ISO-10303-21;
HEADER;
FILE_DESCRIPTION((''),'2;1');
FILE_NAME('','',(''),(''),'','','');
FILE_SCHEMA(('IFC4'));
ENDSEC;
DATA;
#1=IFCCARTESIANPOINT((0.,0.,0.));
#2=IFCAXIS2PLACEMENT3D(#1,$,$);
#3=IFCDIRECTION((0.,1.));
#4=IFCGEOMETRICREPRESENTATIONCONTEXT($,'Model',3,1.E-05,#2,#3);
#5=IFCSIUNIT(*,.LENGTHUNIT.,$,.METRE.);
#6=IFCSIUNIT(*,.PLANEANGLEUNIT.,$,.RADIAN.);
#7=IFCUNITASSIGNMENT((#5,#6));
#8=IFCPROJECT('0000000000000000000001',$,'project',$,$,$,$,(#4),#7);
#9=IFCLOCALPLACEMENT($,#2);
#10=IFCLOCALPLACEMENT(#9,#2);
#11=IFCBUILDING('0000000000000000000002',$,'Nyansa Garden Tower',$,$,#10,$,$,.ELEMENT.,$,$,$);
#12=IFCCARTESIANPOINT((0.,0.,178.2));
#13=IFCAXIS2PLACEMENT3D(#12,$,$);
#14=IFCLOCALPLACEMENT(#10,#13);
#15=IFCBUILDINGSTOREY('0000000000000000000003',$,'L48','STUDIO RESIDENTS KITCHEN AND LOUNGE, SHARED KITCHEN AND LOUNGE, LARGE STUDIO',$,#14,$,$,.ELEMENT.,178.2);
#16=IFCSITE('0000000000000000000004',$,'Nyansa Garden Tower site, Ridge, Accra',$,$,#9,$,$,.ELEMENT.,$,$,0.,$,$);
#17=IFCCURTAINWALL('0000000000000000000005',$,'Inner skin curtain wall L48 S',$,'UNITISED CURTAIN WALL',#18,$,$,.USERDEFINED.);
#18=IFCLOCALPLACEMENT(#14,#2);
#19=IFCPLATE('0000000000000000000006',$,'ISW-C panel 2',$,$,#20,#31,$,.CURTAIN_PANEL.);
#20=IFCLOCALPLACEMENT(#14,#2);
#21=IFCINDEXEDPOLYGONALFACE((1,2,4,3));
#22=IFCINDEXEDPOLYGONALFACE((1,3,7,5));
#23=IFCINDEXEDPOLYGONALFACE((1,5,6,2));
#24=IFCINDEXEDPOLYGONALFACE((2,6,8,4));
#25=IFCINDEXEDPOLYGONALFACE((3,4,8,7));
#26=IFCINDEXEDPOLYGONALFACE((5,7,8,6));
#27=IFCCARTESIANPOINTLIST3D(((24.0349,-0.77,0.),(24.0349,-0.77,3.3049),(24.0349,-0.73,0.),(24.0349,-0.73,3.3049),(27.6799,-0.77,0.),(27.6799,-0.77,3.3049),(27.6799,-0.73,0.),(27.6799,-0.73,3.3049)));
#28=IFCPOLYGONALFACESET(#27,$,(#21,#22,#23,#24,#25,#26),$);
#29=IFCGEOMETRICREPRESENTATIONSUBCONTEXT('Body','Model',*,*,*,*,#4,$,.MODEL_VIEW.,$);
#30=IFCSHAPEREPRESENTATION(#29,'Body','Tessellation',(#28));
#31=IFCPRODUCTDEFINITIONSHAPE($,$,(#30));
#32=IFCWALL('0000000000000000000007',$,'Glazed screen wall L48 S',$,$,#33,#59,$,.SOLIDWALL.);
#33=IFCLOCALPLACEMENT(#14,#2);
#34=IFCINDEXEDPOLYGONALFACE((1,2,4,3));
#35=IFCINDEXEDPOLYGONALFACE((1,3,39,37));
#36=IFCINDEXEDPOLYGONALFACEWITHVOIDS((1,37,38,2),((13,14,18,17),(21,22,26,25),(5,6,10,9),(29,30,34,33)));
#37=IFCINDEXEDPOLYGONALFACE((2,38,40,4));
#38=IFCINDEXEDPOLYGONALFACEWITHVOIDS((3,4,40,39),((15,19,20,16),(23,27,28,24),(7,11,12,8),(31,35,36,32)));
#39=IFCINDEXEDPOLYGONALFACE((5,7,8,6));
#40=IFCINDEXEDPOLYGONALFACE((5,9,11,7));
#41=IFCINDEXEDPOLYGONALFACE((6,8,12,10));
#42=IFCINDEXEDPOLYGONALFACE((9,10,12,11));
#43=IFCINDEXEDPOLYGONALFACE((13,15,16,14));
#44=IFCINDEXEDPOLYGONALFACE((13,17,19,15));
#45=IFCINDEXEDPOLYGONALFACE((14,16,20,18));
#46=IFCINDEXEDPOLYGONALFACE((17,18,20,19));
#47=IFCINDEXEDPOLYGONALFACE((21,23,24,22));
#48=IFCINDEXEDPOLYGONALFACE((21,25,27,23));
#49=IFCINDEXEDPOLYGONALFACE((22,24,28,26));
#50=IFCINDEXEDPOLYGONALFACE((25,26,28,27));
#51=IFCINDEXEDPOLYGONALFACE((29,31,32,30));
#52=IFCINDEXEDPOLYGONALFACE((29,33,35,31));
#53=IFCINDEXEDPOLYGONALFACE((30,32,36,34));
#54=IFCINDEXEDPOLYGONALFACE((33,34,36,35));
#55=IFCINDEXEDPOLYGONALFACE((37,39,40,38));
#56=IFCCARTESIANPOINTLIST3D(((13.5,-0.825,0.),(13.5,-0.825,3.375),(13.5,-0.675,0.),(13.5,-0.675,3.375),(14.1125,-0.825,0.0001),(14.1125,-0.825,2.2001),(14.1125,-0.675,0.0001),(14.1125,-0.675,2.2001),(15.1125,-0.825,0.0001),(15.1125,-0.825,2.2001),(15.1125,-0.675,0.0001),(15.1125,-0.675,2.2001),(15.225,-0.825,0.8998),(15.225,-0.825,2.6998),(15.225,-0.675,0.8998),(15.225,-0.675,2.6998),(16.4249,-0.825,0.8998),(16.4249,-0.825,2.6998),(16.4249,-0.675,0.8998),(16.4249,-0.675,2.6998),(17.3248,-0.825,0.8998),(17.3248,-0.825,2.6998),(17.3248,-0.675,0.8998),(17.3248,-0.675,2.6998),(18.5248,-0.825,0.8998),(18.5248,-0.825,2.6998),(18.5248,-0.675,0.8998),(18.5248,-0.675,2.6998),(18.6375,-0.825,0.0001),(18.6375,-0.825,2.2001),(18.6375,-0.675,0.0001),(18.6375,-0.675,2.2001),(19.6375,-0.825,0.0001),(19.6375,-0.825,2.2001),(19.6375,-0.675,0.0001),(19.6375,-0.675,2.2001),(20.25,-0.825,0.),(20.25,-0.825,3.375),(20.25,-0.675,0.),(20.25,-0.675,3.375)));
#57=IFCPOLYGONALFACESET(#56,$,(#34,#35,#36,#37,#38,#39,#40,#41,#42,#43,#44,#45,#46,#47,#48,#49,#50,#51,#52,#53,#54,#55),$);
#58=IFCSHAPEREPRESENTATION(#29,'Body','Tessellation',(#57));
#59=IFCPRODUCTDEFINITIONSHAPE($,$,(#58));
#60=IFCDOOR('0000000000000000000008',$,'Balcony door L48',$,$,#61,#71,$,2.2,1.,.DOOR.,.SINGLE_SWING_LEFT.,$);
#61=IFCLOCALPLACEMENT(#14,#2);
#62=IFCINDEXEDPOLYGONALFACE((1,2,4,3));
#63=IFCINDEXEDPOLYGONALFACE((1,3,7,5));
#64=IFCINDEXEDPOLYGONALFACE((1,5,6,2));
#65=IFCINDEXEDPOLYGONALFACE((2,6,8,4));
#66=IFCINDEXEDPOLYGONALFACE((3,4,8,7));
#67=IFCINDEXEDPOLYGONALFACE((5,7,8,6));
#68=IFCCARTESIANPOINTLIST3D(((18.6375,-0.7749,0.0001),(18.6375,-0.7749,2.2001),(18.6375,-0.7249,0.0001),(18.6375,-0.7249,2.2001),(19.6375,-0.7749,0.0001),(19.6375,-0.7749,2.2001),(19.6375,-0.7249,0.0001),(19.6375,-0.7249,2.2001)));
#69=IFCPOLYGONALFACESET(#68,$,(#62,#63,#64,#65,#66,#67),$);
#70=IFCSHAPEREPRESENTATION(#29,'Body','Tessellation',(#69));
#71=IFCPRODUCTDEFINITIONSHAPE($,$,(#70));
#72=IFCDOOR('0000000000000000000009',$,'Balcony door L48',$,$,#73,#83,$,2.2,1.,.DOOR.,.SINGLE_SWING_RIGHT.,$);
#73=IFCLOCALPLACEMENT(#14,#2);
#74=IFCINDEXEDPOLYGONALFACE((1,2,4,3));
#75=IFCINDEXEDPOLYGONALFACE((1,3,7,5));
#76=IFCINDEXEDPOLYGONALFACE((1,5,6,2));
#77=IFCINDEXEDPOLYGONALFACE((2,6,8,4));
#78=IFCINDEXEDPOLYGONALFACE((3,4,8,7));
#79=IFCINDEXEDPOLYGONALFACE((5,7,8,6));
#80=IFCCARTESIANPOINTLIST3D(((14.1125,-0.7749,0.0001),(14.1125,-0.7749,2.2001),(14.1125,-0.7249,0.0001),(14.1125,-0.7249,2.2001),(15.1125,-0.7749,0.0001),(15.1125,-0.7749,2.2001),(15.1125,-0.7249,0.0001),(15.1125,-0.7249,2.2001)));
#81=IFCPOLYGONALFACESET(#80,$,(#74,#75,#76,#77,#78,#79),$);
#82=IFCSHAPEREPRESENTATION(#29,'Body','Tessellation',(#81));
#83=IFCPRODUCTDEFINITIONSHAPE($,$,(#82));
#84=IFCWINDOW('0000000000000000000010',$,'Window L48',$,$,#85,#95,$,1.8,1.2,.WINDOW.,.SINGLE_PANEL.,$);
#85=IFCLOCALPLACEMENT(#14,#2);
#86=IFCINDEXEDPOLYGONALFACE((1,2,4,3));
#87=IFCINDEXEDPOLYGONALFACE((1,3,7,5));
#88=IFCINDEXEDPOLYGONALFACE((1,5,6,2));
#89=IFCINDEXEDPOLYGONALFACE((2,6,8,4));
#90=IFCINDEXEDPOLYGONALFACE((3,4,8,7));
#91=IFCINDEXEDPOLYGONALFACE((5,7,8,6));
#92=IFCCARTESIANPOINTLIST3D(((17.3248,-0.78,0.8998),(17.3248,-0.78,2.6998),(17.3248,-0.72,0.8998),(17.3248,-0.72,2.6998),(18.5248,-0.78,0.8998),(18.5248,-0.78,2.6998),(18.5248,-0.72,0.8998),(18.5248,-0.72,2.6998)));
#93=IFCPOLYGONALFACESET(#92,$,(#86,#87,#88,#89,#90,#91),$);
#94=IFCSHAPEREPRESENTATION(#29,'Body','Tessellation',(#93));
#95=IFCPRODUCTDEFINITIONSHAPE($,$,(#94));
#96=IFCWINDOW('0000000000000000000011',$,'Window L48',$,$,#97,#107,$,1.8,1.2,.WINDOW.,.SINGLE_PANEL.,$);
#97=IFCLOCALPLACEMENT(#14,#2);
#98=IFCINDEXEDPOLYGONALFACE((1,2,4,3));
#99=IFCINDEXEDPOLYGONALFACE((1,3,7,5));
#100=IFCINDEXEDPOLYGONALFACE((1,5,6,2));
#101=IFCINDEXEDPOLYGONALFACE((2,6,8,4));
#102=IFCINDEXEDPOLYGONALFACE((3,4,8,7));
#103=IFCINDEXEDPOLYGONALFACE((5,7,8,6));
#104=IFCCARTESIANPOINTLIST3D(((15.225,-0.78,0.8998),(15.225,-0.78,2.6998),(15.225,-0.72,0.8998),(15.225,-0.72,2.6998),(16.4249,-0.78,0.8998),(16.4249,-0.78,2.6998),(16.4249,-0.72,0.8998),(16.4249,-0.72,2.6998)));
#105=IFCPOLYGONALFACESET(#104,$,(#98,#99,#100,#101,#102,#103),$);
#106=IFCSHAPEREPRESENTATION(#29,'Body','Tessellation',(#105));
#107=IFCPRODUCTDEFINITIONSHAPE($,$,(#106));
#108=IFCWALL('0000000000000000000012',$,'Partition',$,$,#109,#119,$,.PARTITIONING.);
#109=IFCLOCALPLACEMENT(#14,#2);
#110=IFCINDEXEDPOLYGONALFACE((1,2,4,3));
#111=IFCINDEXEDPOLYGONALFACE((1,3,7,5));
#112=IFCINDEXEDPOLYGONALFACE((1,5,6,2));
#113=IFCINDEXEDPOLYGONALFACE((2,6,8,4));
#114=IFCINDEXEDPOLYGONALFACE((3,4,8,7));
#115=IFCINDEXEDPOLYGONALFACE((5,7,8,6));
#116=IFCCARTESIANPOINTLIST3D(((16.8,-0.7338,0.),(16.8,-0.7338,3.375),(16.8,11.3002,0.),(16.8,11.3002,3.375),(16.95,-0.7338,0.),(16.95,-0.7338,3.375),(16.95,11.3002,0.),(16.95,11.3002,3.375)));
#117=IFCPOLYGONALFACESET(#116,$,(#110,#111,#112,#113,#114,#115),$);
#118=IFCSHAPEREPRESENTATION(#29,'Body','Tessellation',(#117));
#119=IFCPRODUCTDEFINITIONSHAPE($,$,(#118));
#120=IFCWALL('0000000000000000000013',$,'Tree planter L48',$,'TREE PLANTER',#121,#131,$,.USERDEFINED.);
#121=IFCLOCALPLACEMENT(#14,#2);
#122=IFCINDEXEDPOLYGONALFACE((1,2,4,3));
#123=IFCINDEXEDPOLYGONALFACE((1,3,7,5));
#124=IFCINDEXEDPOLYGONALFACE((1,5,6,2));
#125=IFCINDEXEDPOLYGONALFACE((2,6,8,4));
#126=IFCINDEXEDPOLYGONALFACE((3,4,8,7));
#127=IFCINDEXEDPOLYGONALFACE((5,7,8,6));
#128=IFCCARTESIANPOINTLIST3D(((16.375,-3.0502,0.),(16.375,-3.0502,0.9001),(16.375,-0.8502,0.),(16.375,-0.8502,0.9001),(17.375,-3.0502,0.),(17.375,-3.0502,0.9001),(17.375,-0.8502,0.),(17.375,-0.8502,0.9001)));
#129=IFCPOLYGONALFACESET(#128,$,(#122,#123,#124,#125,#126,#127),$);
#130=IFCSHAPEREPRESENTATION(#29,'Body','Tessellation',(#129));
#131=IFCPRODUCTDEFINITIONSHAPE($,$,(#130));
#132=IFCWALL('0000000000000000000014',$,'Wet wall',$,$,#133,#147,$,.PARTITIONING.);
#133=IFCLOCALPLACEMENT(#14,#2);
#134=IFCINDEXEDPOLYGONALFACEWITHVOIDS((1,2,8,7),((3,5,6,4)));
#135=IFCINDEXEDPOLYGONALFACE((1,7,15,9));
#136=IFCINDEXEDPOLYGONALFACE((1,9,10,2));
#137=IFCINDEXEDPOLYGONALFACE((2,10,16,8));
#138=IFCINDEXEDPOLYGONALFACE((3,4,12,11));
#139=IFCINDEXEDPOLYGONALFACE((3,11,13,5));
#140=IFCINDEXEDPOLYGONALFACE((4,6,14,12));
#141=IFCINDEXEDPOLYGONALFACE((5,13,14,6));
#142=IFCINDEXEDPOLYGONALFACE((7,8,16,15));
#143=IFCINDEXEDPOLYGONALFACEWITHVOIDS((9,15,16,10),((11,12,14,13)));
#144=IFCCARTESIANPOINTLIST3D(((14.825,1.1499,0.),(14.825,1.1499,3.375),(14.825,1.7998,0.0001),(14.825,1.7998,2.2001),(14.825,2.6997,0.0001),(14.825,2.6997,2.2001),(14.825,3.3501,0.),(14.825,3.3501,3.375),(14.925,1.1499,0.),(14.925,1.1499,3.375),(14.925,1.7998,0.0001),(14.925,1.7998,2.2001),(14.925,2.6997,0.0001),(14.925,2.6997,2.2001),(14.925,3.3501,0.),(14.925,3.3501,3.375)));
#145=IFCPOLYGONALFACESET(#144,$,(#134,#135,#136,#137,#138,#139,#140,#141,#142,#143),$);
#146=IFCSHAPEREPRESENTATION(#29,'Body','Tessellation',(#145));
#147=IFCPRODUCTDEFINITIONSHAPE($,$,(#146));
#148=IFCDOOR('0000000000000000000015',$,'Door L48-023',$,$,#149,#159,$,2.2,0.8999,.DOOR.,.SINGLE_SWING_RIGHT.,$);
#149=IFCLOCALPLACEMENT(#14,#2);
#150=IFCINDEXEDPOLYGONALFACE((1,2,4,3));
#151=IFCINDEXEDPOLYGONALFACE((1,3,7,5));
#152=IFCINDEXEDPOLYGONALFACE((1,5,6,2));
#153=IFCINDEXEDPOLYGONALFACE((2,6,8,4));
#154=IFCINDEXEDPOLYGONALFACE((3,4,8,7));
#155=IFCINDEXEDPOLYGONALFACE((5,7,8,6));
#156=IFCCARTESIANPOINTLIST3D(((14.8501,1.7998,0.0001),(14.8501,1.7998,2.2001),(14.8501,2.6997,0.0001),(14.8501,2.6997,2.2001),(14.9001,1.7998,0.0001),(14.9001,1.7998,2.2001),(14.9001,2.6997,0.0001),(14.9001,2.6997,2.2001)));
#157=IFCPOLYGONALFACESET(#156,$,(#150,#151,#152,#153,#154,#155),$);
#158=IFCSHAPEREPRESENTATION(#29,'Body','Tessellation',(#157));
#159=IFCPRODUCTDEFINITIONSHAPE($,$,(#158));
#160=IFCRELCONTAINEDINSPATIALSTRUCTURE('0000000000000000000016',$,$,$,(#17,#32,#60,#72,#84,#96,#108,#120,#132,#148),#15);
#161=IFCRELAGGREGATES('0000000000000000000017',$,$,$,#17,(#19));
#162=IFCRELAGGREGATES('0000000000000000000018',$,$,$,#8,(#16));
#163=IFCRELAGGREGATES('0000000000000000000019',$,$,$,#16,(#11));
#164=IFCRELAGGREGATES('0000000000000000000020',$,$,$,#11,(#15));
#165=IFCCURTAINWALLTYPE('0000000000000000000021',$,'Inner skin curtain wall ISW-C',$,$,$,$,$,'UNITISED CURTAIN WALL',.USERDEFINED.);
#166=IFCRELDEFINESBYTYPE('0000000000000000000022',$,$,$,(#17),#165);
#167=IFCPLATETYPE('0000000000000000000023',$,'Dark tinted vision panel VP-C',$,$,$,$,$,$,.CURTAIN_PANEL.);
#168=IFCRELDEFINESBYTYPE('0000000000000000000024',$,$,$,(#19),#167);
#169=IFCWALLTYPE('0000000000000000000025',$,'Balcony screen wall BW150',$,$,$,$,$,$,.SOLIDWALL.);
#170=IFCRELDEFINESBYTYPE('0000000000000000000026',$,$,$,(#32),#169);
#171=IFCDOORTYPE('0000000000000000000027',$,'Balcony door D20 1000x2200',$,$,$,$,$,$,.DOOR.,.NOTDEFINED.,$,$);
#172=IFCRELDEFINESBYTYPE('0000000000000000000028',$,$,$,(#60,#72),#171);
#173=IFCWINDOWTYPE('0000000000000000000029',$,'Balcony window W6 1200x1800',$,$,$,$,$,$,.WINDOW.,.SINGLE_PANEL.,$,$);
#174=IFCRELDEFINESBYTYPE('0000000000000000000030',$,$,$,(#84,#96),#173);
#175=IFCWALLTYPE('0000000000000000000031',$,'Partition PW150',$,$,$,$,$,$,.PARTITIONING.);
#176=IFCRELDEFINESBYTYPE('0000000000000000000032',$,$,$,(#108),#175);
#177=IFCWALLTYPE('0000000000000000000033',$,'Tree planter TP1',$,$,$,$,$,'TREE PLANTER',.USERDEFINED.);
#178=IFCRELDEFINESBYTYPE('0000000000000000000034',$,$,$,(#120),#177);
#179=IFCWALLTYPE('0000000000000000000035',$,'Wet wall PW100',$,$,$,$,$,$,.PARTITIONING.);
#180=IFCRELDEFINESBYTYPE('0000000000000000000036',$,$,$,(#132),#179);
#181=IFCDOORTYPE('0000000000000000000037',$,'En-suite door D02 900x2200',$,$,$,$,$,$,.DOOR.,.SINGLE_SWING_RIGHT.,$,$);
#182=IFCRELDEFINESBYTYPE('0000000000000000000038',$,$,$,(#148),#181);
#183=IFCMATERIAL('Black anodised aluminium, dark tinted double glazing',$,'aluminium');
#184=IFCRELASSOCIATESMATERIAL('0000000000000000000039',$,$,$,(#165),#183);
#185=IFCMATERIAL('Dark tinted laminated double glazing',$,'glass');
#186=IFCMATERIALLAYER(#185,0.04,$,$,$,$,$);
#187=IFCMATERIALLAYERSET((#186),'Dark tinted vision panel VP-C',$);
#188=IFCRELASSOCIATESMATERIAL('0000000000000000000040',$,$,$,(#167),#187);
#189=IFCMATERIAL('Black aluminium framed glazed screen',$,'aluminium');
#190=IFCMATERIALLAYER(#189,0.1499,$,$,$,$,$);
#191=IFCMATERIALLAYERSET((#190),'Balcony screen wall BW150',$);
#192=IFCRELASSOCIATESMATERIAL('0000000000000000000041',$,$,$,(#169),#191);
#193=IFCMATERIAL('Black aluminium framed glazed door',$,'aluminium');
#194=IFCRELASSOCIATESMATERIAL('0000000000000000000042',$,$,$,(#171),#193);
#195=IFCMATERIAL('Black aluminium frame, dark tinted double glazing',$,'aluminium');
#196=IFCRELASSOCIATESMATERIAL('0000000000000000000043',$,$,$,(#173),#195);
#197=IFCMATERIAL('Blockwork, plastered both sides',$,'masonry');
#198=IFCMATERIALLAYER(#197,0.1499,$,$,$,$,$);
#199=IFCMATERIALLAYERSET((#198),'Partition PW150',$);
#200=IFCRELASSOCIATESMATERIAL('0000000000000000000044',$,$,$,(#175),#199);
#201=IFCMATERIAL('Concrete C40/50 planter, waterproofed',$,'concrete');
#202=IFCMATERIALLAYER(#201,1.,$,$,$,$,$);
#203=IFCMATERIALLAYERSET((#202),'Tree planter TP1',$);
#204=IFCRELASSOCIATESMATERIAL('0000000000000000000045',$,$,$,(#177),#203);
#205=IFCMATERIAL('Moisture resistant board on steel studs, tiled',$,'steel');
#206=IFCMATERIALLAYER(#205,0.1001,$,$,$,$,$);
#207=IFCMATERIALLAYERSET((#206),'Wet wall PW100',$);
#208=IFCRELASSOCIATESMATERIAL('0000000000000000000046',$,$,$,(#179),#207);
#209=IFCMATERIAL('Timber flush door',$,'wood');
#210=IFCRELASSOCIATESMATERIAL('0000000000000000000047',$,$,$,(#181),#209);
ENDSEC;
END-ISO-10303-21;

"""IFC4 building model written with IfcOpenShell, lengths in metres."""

from ifc_helpers import new_model, si_unit, direction, frame, frame_2d, origin, origin_2d, place, context, subcontext, project, spatial, rectangle, extrude, material, layer, layer_set, type_object, element, fill, aggregate, save


model = new_model("IFC4")

# Units and contexts
model_context = context("Model", 3, precision=1e-05, world=origin(), true_north=direction((0.0, 1.0)))
body_context = subcontext(model_context, "Body", "Model", "MODEL_VIEW")
ifc_project = project(units=[si_unit("LENGTHUNIT", "METRE"), si_unit("PLANEANGLEUNIT", "RADIAN")], contexts=[model_context])

# Site, building, storey
site_placement = place(None, origin())
site = spatial("IfcSite", under=ifc_project, at=site_placement, Name="Nyansa Garden Tower site, Ridge, Accra", CompositionType="ELEMENT", RefElevation=0.0)
building_placement = place(site_placement, origin())
building = spatial("IfcBuilding", under=site, at=building_placement, Name="Nyansa Garden Tower", CompositionType="ELEMENT")
storey_placement = place(building_placement, frame((0.0, 0.0, 178.2)))
storey = spatial("IfcBuildingStorey", under=building, at=storey_placement, Name="L48", Description="STUDIO RESIDENTS KITCHEN AND LOUNGE, SHARED KITCHEN AND LOUNGE, LARGE STUDIO", CompositionType="ELEMENT", Elevation=178.2)

# Curtain wall
ifc_material_1 = material(Name="Black anodised aluminium, dark tinted double glazing", Category="aluminium")
curtain_wall_type = type_object("IfcCurtainWallType", Name="Inner skin curtain wall ISW-C", ElementType="UNITISED CURTAIN WALL", PredefinedType="USERDEFINED", material=ifc_material_1)
curtain_wall_placement = place(storey_placement, origin())
curtain_wall = element("IfcCurtainWall", 1, at=curtain_wall_placement, inside=storey, type_object=curtain_wall_type, Name="Inner skin curtain wall L48 S", ObjectType="UNITISED CURTAIN WALL", PredefinedType="USERDEFINED")

# Plate
ifc_material_2 = material(Name="Dark tinted laminated double glazing", Category="glass")
ifc_layer_1 = layer(ifc_material_2, 0.04)
ifc_layer_set_1 = layer_set([ifc_layer_1], Name="Dark tinted vision panel VP-C")
plate_type = type_object("IfcPlateType", Name="Dark tinted vision panel VP-C", PredefinedType="CURTAIN_PANEL", material=ifc_layer_set_1)
plate_1_placement = place(storey_placement, frame((25.8574, -0.75, 0.0), z_axis=(0.0, 0.0, 1.0), x_axis=(1.0, 0.0, 0.0)))
plate_1 = element("IfcPlate", 2, at=plate_1_placement, type_object=plate_type, Name="ISW-C panel 2", PredefinedType="CURTAIN_PANEL", context=body_context, shape_type="SweptSolid", body=[
    extrude(rectangle(XDim=3.645, YDim=0.04, at=origin_2d()), origin(), (0.0, 0.0, 1.0), 3.3049),
])
aggregate(curtain_wall, [plate_1])

# Wall, openings, doors, windows
ifc_material_3 = material(Name="Black aluminium framed glazed screen", Category="aluminium")
ifc_layer_2 = layer(ifc_material_3, 0.1499)
ifc_layer_set_2 = layer_set([ifc_layer_2], Name="Balcony screen wall BW150")
wall_type_1 = type_object("IfcWallType", Name="Balcony screen wall BW150", PredefinedType="SOLIDWALL", material=ifc_layer_set_2)
wall_1_placement = place(storey_placement, frame((20.25, -0.75, 0.0), z_axis=(0.0, 0.0, 1.0), x_axis=(-1.0, 0.0, 0.0)))
wall_1 = element("IfcWall", 3, at=wall_1_placement, inside=storey, type_object=wall_type_1, Name="Glazed screen wall L48 S", PredefinedType="SOLIDWALL", context=body_context, shape_type="SweptSolid", body=[
    extrude(rectangle(XDim=6.75, YDim=0.1499, at=frame_2d((3.375, 0.0))), origin(), (0.0, 0.0, 1.0), 3.375),
])
opening_1_placement = place(wall_1_placement, frame((0.6125, 0.0, 0.0)))
opening_1 = element("IfcOpeningElement", 4, at=opening_1_placement, cuts=wall_1, PredefinedType="OPENING", context=body_context, shape_type="SweptSolid", body=[
    extrude(rectangle(XDim=1.0, YDim=2.2, at=frame_2d((0.5, 1.1001))), frame((0.0, 0.085, 0.0), z_axis=(0.0, -1.0, 0.0), x_axis=(1.0, 0.0, 0.0)), (0.0, 0.0, 1.0), 0.1699),
])
opening_2_placement = place(wall_1_placement, frame((1.7251, 0.0, 0.8999)))
opening_2 = element("IfcOpeningElement", 5, at=opening_2_placement, cuts=wall_1, PredefinedType="OPENING", context=body_context, shape_type="SweptSolid", body=[
    extrude(rectangle(XDim=1.2, YDim=1.8, at=frame_2d((0.6001, 0.8999))), frame((0.0, 0.085, 0.0), z_axis=(0.0, -1.0, 0.0), x_axis=(1.0, 0.0, 0.0)), (0.0, 0.0, 1.0), 0.1699),
])
opening_3_placement = place(wall_1_placement, frame((5.1375, 0.0, 0.0)))
opening_3 = element("IfcOpeningElement", 6, at=opening_3_placement, cuts=wall_1, PredefinedType="OPENING", context=body_context, shape_type="SweptSolid", body=[
    extrude(rectangle(XDim=1.0, YDim=2.2, at=frame_2d((0.5, 1.1001))), frame((0.0, 0.085, 0.0), z_axis=(0.0, -1.0, 0.0), x_axis=(1.0, 0.0, 0.0)), (0.0, 0.0, 1.0), 0.1699),
])
opening_4_placement = place(wall_1_placement, frame((3.825, 0.0, 0.8999)))
opening_4 = element("IfcOpeningElement", 7, at=opening_4_placement, cuts=wall_1, PredefinedType="OPENING", context=body_context, shape_type="SweptSolid", body=[
    extrude(rectangle(XDim=1.2, YDim=1.8, at=frame_2d((0.6001, 0.8999))), frame((0.0, 0.085, 0.0), z_axis=(0.0, -1.0, 0.0), x_axis=(1.0, 0.0, 0.0)), (0.0, 0.0, 1.0), 0.1699),
])
ifc_material_4 = material(Name="Black aluminium framed glazed door", Category="aluminium")
door_type_1 = type_object("IfcDoorType", Name="Balcony door D20 1000x2200", OperationType="NOTDEFINED", PredefinedType="DOOR", material=ifc_material_4)
door_1_placement = place(opening_1_placement, origin())
door_1 = element("IfcDoor", 8, at=door_1_placement, inside=storey, type_object=door_type_1, Name="Balcony door L48", OperationType="SINGLE_SWING_LEFT", OverallHeight=2.2, OverallWidth=1.0, PredefinedType="DOOR", context=body_context, shape_type="SweptSolid", body=[
    extrude(rectangle(XDim=1.0, YDim=2.2, at=frame_2d((0.5, 1.1001))), frame((0.0, 0.0249, 0.0), z_axis=(0.0, -1.0, 0.0), x_axis=(1.0, 0.0, 0.0)), (0.0, 0.0, 1.0), 0.05),
])
fill(opening_1, door_1)
door_2_placement = place(opening_3_placement, origin())
door_2 = element("IfcDoor", 9, at=door_2_placement, inside=storey, type_object=door_type_1, Name="Balcony door L48", OperationType="SINGLE_SWING_RIGHT", OverallHeight=2.2, OverallWidth=1.0, PredefinedType="DOOR", context=body_context, shape_type="SweptSolid", body=[
    extrude(rectangle(XDim=1.0, YDim=2.2, at=frame_2d((0.5, 1.1001))), frame((0.0, 0.0249, 0.0), z_axis=(0.0, -1.0, 0.0), x_axis=(1.0, 0.0, 0.0)), (0.0, 0.0, 1.0), 0.05),
])
fill(opening_3, door_2)
ifc_material_5 = material(Name="Black aluminium frame, dark tinted double glazing", Category="aluminium")
window_type = type_object("IfcWindowType", Name="Balcony window W6 1200x1800", PartitioningType="SINGLE_PANEL", PredefinedType="WINDOW", material=ifc_material_5)
window_1_placement = place(opening_2_placement, origin())
window_1 = element("IfcWindow", 10, at=window_1_placement, inside=storey, type_object=window_type, Name="Window L48", OverallHeight=1.8, OverallWidth=1.2, PartitioningType="SINGLE_PANEL", PredefinedType="WINDOW", context=body_context, shape_type="SweptSolid", body=[
    extrude(rectangle(XDim=1.2, YDim=1.8, at=frame_2d((0.6001, 0.8999))), frame((0.0, 0.03, 0.0), z_axis=(0.0, -1.0, 0.0), x_axis=(1.0, 0.0, 0.0)), (0.0, 0.0, 1.0), 0.0601),
])
fill(opening_2, window_1)
window_2_placement = place(opening_4_placement, origin())
window_2 = element("IfcWindow", 11, at=window_2_placement, inside=storey, type_object=window_type, Name="Window L48", OverallHeight=1.8, OverallWidth=1.2, PartitioningType="SINGLE_PANEL", PredefinedType="WINDOW", context=body_context, shape_type="SweptSolid", body=[
    extrude(rectangle(XDim=1.2, YDim=1.8, at=frame_2d((0.6001, 0.8999))), frame((0.0, 0.03, 0.0), z_axis=(0.0, -1.0, 0.0), x_axis=(1.0, 0.0, 0.0)), (0.0, 0.0, 1.0), 0.0601),
])
fill(opening_4, window_2)

# Walls
ifc_material_6 = material(Name="Blockwork, plastered both sides", Category="masonry")
ifc_layer_3 = layer(ifc_material_6, 0.1499)
ifc_layer_set_3 = layer_set([ifc_layer_3], Name="Partition PW150")
wall_type_2 = type_object("IfcWallType", Name="Partition PW150", PredefinedType="PARTITIONING", material=ifc_layer_set_3)
wall_2_placement = place(storey_placement, frame((16.875, -0.7339, 0.0), z_axis=(0.0, 0.0, 1.0), x_axis=(0.0, 1.0, 0.0)))
element("IfcWall", 12, at=wall_2_placement, inside=storey, type_object=wall_type_2, Name="Partition", PredefinedType="PARTITIONING", context=body_context, shape_type="SweptSolid", body=[
    extrude(rectangle(XDim=12.0339, YDim=0.1499, at=frame_2d((6.0171, 0.0))), origin(), (0.0, 0.0, 1.0), 3.375),
])
ifc_material_7 = material(Name="Concrete C40/50 planter, waterproofed", Category="concrete")
ifc_layer_4 = layer(ifc_material_7, 1.0)
ifc_layer_set_4 = layer_set([ifc_layer_4], Name="Tree planter TP1")
wall_type_3 = type_object("IfcWallType", Name="Tree planter TP1", ElementType="TREE PLANTER", PredefinedType="USERDEFINED", material=ifc_layer_set_4)
wall_3_placement = place(storey_placement, frame((16.875, -0.8501, 0.0), z_axis=(0.0, 0.0, 1.0), x_axis=(0.0, -1.0, 0.0)))
element("IfcWall", 13, at=wall_3_placement, inside=storey, type_object=wall_type_3, Name="Tree planter L48", ObjectType="TREE PLANTER", PredefinedType="USERDEFINED", context=body_context, shape_type="SweptSolid", body=[
    extrude(rectangle(XDim=2.2, YDim=1.0, at=frame_2d((1.1001, 0.0))), origin(), (0.0, 0.0, 1.0), 0.9001),
])

# Wall, opening, door
ifc_material_8 = material(Name="Moisture resistant board on steel studs, tiled", Category="steel")
ifc_layer_5 = layer(ifc_material_8, 0.1001)
ifc_layer_set_5 = layer_set([ifc_layer_5], Name="Wet wall PW100")
wall_type_4 = type_object("IfcWallType", Name="Wet wall PW100", PredefinedType="PARTITIONING", material=ifc_layer_set_5)
wall_4_placement = place(storey_placement, frame((14.875, 1.1499, 0.0), z_axis=(0.0, 0.0, 1.0), x_axis=(0.0, 1.0, 0.0)))
wall_4 = element("IfcWall", 14, at=wall_4_placement, inside=storey, type_object=wall_type_4, Name="Wet wall", PredefinedType="PARTITIONING", context=body_context, shape_type="SweptSolid", body=[
    extrude(rectangle(XDim=2.2002, YDim=0.1001, at=frame_2d((1.1001, 0.0))), origin(), (0.0, 0.0, 1.0), 3.375),
])
opening_5_placement = place(wall_4_placement, frame((0.6499, 0.0, 0.0)))
opening_5 = element("IfcOpeningElement", 15, at=opening_5_placement, cuts=wall_4, PredefinedType="OPENING", context=body_context, shape_type="SweptSolid", body=[
    extrude(rectangle(XDim=0.8999, YDim=2.2, at=frame_2d((0.45, 1.1001))), frame((0.0, 0.0601, 0.0), z_axis=(0.0, -1.0, 0.0), x_axis=(1.0, 0.0, 0.0)), (0.0, 0.0, 1.0), 0.1201),
])
ifc_material_9 = material(Name="Timber flush door", Category="wood")
door_type_2 = type_object("IfcDoorType", Name="En-suite door D02 900x2200", OperationType="SINGLE_SWING_RIGHT", PredefinedType="DOOR", material=ifc_material_9)
door_3_placement = place(opening_5_placement, origin())
door_3 = element("IfcDoor", 16, at=door_3_placement, inside=storey, type_object=door_type_2, Name="Door L48-023", OperationType="SINGLE_SWING_RIGHT", OverallHeight=2.2, OverallWidth=0.8999, PredefinedType="DOOR", context=body_context, shape_type="SweptSolid", body=[
    extrude(rectangle(XDim=0.8999, YDim=2.2, at=frame_2d((0.45, 1.1001))), frame((0.0, 0.0249, 0.0), z_axis=(0.0, -1.0, 0.0), x_axis=(1.0, 0.0, 0.0)), (0.0, 0.0, 1.0), 0.05),
])
fill(opening_5, door_3)

save(model, "model.ifc")
